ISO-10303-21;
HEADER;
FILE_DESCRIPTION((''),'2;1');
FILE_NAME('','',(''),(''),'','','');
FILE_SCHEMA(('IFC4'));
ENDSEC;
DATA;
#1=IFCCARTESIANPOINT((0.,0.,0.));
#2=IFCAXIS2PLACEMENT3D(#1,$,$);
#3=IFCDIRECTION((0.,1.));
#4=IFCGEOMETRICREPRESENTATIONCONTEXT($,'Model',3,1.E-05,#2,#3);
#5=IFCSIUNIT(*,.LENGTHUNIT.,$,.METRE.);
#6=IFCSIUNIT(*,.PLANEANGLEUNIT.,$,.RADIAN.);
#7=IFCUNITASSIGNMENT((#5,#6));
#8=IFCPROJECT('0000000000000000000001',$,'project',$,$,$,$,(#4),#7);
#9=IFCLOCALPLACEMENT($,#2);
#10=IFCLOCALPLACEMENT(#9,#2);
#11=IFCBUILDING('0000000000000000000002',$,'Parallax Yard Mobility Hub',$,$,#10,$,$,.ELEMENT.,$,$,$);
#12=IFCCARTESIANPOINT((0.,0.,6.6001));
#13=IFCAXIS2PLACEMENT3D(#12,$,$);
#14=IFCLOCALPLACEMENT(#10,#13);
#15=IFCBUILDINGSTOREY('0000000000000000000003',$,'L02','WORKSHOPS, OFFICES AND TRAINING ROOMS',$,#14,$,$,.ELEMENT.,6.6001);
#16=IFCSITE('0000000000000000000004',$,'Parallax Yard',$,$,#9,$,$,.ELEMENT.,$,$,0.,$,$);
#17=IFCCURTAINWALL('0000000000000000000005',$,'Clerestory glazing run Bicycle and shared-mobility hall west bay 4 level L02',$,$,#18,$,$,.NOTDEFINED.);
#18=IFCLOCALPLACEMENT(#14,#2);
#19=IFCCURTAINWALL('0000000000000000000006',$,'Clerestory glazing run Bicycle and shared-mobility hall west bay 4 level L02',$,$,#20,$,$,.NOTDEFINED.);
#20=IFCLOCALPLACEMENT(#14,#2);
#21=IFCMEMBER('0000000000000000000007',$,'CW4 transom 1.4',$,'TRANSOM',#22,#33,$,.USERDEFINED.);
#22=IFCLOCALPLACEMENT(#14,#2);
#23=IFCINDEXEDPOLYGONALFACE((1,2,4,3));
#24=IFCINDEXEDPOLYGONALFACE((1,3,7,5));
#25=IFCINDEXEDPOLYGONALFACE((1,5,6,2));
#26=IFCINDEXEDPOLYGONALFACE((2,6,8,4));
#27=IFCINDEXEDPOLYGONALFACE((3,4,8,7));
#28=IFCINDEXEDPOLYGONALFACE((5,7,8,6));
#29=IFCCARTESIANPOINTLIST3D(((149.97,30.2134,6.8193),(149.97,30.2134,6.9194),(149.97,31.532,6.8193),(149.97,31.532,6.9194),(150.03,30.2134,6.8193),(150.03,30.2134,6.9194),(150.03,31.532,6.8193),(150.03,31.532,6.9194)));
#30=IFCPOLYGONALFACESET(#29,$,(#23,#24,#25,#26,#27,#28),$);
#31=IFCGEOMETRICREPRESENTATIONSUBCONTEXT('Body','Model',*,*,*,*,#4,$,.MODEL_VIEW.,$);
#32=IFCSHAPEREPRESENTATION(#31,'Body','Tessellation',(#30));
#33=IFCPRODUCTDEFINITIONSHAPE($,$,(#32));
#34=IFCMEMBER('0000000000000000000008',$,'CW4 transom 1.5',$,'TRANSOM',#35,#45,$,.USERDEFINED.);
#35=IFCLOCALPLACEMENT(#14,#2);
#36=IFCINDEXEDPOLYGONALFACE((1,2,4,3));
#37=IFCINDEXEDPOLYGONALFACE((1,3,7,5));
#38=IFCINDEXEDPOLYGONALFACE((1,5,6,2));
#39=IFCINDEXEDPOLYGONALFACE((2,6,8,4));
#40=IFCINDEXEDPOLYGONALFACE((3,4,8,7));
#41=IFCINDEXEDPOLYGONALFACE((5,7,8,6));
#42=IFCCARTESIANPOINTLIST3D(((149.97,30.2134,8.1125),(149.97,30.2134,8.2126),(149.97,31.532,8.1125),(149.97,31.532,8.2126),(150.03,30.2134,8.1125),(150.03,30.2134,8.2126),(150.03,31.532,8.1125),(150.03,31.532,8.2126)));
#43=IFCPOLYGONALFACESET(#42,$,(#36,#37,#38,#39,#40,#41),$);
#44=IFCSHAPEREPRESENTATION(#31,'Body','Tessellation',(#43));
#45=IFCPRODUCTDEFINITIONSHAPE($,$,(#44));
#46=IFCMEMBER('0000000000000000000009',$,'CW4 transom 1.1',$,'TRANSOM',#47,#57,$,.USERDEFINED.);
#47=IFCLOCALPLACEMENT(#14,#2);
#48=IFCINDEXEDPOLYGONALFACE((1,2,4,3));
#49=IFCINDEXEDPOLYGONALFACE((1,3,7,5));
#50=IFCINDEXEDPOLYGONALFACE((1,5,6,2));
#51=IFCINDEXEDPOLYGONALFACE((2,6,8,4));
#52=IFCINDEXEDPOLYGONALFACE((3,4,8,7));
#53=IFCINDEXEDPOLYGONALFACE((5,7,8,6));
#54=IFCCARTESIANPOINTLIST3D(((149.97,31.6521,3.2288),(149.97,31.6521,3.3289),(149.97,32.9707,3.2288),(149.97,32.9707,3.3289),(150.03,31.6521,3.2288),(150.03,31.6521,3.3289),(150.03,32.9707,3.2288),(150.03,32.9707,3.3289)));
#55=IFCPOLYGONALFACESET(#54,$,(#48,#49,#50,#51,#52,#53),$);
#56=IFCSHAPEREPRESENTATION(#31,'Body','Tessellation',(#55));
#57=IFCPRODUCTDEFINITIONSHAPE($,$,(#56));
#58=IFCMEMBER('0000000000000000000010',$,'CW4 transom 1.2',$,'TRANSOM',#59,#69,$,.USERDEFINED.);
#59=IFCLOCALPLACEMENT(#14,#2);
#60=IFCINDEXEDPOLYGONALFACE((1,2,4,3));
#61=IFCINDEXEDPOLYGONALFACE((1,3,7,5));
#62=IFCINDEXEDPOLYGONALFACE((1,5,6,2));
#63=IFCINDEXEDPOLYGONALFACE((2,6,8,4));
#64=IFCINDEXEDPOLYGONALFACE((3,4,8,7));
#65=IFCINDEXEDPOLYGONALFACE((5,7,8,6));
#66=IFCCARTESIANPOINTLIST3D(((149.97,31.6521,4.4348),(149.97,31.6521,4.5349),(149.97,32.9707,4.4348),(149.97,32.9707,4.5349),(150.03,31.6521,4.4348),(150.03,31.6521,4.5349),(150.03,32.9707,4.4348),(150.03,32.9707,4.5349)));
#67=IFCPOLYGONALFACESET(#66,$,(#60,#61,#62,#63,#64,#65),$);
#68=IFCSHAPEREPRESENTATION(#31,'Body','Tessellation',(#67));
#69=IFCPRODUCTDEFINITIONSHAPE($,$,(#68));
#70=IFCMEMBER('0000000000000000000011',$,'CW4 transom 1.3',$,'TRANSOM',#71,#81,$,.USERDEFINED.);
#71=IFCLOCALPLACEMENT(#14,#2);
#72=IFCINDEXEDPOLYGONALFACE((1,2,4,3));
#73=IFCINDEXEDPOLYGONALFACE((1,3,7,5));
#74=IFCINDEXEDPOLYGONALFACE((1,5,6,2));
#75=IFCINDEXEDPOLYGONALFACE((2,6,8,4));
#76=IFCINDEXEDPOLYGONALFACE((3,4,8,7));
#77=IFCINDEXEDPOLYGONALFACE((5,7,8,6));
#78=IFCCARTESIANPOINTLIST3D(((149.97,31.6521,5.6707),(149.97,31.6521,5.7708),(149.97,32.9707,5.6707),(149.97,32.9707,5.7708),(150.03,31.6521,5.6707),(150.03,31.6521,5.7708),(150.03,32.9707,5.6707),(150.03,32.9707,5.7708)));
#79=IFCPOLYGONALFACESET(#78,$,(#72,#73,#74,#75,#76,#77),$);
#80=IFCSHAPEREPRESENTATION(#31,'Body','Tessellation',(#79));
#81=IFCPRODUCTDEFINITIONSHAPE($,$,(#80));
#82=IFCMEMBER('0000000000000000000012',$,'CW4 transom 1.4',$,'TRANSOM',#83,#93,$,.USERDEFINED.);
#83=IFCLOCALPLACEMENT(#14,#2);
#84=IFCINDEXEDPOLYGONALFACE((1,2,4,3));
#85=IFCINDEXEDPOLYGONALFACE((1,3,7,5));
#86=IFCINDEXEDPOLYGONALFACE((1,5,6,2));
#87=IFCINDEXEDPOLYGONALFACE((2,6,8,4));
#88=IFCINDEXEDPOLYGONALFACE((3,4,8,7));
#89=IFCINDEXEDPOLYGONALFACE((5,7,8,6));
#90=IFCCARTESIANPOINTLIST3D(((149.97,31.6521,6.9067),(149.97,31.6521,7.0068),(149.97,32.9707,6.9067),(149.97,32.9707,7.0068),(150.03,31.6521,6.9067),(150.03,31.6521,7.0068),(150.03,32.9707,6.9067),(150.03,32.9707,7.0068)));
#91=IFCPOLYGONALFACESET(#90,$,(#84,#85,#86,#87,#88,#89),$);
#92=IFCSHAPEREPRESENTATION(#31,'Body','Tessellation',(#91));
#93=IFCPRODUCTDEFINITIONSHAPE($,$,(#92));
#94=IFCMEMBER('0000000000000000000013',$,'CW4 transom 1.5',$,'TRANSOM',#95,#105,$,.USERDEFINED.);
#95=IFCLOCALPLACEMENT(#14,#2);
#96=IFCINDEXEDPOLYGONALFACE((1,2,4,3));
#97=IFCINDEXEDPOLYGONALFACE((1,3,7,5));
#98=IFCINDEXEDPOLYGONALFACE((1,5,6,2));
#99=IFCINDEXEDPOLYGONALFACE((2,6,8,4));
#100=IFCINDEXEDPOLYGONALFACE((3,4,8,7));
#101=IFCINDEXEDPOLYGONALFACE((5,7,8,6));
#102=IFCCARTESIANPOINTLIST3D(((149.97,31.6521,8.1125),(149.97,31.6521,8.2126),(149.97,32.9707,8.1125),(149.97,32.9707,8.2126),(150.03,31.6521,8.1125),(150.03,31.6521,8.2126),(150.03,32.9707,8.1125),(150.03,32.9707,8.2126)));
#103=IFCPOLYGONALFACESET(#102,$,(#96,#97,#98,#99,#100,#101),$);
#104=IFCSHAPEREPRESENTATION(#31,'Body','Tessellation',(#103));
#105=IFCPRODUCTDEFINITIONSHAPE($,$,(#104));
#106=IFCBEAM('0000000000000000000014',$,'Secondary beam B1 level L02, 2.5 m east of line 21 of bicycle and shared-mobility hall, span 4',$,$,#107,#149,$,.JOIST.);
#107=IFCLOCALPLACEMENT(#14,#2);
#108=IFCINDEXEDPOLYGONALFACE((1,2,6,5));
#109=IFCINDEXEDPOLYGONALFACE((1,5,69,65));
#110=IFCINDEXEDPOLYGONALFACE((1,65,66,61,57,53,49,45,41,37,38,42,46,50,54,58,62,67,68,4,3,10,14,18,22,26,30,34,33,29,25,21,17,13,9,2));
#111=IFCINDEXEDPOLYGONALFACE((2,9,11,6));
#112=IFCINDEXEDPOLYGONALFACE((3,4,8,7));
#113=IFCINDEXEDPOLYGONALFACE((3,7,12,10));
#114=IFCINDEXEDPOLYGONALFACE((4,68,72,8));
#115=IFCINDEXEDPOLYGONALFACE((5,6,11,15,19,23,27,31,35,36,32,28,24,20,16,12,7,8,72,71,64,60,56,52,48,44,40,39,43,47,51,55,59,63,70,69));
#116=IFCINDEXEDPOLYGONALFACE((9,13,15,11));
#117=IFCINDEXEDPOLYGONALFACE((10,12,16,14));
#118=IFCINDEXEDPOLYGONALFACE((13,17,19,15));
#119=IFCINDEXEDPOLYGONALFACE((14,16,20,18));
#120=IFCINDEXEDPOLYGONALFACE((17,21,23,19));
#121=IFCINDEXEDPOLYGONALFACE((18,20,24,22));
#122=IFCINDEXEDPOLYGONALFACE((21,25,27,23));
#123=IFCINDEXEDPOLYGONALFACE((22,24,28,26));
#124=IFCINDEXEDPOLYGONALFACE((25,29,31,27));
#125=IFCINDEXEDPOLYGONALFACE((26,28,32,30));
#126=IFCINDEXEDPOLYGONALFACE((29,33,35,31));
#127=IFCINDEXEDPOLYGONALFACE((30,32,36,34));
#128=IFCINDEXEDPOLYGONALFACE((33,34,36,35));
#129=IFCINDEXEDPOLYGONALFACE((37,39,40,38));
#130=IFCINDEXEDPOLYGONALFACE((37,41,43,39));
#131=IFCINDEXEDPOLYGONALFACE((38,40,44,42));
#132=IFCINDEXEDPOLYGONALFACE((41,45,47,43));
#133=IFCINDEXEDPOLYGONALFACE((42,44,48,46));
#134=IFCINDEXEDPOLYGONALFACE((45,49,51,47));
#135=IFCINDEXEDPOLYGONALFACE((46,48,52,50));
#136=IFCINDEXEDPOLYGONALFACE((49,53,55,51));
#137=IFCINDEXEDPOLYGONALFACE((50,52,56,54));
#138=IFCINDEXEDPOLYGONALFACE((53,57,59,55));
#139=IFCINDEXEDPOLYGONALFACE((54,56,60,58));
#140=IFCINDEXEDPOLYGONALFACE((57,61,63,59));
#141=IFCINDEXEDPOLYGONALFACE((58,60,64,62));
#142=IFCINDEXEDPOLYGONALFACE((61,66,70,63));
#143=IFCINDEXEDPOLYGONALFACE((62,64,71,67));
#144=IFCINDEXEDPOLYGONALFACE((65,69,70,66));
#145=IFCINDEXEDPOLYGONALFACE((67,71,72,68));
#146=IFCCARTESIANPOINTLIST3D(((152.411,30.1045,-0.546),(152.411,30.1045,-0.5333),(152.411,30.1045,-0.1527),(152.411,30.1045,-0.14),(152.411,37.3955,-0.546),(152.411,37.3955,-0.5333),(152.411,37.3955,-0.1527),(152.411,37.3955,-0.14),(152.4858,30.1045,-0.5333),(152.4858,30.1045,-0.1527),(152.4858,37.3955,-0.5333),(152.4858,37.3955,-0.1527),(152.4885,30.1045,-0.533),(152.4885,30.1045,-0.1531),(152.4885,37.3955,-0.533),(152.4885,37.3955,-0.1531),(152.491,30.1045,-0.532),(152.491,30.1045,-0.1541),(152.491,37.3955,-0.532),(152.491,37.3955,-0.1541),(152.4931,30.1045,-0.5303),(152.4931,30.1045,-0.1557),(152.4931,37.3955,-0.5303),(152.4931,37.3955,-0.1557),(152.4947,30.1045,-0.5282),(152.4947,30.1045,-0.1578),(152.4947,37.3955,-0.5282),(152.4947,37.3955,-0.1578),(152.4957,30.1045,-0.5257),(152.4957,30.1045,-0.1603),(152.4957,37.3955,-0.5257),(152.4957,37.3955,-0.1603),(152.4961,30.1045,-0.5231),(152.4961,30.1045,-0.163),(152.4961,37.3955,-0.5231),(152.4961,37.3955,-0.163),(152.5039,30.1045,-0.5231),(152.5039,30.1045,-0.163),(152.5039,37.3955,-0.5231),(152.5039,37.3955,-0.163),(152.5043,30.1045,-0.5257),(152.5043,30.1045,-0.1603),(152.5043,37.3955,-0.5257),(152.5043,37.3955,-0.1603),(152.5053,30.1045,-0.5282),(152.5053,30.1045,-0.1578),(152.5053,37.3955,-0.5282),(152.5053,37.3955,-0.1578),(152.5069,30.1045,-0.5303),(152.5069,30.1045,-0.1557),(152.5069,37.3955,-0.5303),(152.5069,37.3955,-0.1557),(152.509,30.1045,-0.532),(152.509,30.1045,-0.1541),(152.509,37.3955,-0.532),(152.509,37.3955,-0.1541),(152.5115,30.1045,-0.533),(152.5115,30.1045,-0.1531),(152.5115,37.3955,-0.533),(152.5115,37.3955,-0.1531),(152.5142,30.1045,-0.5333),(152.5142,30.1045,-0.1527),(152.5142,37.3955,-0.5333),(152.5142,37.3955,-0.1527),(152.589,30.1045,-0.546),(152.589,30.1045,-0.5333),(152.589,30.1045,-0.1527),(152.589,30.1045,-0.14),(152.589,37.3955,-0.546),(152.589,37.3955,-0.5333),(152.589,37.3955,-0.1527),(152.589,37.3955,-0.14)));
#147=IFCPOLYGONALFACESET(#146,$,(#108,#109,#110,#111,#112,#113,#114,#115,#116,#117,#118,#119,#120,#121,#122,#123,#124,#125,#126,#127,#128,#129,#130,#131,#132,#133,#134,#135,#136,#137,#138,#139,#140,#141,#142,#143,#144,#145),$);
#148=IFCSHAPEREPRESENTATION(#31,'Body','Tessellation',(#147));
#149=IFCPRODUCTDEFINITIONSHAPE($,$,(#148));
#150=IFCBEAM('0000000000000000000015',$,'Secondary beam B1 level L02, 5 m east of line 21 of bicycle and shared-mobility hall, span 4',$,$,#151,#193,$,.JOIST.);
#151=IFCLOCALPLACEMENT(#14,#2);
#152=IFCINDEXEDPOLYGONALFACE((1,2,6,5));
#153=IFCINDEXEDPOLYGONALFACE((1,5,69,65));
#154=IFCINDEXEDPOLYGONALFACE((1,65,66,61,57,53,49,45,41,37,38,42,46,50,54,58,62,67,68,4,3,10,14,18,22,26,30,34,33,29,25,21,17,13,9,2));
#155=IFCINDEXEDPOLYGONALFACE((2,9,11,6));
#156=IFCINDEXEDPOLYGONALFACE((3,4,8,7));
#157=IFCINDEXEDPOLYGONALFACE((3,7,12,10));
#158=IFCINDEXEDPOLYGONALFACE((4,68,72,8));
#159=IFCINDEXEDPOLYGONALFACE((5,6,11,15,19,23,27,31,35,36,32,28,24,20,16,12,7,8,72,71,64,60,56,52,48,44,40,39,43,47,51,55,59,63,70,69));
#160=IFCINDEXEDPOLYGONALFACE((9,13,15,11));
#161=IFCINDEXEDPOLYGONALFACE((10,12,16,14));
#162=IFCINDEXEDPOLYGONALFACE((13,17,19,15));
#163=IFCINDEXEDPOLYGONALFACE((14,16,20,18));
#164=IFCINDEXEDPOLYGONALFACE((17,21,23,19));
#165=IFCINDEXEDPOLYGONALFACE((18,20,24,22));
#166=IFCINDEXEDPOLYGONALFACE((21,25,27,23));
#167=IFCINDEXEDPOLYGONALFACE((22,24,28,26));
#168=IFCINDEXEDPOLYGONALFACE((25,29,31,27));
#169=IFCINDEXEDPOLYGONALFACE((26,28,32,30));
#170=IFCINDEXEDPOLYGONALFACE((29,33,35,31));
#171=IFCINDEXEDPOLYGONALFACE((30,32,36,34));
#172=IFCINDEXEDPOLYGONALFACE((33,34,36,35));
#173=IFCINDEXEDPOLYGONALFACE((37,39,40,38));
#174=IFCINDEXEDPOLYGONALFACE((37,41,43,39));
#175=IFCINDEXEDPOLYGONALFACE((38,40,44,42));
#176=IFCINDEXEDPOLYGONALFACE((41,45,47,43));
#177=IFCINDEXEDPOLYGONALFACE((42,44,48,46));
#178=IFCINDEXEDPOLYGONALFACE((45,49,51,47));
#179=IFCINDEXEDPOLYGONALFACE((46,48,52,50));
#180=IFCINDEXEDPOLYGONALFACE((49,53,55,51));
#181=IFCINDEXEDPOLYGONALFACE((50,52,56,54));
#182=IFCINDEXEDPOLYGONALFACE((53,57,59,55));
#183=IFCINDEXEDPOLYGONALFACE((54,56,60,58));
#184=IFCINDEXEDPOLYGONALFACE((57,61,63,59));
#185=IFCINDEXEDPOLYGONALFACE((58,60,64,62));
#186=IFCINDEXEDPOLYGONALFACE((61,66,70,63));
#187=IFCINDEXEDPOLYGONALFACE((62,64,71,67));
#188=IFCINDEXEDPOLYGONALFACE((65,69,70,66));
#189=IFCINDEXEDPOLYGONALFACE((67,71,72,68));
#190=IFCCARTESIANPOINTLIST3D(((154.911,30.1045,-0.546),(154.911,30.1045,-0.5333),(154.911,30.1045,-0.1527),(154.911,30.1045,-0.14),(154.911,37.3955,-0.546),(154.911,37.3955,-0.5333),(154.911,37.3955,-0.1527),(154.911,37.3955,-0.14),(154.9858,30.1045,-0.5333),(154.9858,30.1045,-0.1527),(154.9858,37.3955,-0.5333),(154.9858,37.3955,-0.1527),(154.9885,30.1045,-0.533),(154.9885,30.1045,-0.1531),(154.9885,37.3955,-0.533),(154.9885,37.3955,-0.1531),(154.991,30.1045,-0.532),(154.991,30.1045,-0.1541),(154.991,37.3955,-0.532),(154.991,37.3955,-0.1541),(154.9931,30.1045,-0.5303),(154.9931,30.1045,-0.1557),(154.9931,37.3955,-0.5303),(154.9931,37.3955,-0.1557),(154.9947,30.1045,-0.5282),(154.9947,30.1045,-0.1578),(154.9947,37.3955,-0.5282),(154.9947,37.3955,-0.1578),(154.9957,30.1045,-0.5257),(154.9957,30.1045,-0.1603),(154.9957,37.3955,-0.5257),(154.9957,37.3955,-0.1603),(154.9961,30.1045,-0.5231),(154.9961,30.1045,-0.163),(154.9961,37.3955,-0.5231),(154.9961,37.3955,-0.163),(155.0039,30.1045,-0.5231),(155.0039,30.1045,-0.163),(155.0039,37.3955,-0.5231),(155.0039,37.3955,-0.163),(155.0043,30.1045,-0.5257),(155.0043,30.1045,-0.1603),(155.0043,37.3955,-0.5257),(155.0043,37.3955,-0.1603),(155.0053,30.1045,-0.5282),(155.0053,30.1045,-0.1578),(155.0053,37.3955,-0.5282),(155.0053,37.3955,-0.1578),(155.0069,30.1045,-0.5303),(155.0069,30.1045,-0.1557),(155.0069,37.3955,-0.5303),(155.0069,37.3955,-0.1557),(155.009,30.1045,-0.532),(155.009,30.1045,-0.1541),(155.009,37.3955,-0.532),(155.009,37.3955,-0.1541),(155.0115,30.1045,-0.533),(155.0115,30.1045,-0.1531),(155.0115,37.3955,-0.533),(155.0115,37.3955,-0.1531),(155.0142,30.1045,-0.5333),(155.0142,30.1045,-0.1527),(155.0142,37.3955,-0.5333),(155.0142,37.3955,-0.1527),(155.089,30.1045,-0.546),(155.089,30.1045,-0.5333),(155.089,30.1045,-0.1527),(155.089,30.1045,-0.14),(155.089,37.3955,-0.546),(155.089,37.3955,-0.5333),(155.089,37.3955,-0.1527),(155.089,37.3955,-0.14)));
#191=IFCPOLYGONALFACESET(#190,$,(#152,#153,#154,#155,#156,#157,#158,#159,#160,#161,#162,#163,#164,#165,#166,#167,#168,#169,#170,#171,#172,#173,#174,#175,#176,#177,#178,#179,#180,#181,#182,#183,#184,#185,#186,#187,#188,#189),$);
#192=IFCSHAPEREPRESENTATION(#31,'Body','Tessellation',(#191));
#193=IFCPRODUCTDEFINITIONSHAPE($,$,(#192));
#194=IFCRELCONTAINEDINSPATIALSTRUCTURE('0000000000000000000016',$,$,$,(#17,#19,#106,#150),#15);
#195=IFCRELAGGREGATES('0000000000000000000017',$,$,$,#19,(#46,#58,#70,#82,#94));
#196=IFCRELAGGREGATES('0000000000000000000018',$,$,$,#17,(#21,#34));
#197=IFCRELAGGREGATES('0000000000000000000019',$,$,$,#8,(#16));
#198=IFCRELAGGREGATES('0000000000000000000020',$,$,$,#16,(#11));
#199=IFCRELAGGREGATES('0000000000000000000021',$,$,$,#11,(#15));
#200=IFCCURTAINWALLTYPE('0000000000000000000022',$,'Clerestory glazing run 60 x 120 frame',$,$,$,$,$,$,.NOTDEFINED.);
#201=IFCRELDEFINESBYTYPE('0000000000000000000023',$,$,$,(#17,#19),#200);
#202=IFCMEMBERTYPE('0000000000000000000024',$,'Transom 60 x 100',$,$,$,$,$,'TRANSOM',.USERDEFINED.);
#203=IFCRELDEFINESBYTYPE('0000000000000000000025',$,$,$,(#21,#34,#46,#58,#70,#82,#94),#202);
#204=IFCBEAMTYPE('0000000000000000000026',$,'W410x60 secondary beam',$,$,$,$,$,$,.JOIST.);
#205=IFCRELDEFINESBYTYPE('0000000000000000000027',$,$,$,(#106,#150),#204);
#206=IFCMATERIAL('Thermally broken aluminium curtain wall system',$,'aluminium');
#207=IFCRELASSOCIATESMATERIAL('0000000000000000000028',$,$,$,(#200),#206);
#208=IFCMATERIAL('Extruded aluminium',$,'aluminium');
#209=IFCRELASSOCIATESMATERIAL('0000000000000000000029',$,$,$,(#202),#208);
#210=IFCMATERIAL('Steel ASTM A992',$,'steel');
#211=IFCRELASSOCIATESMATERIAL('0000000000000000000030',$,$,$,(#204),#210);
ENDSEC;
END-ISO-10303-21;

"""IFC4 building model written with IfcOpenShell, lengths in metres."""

from ifc_helpers import new_model, si_unit, direction, frame, origin, origin_2d, place, context, subcontext, project, spatial, rectangle, i_section, extrude, material, material_profile, profile_set, type_object, element, aggregate, save


model = new_model("IFC4")

# Units and contexts
model_context = context("Model", 3, precision=1e-05, world=origin(), true_north=direction((0.0, 1.0)))
body_context = subcontext(model_context, "Body", "Model", "MODEL_VIEW")
ifc_project = project(units=[si_unit("LENGTHUNIT", "METRE"), si_unit("PLANEANGLEUNIT", "RADIAN")], contexts=[model_context])

# Site, building, storey
site_placement = place(None, origin())
site = spatial("IfcSite", under=ifc_project, at=site_placement, Name="Parallax Yard", CompositionType="ELEMENT", RefElevation=0.0)
building_placement = place(site_placement, origin())
building = spatial("IfcBuilding", under=site, at=building_placement, Name="Parallax Yard Mobility Hub", CompositionType="ELEMENT")
storey_placement = place(building_placement, frame((0.0, 0.0, 6.6001)))
storey = spatial("IfcBuildingStorey", under=building, at=storey_placement, Name="L02", Description="WORKSHOPS, OFFICES AND TRAINING ROOMS", CompositionType="ELEMENT", Elevation=6.6001)

# Shared definitions
ifc_material_1 = material(Name="Steel ASTM A992", Category="steel")

# Curtain wall
ifc_material_2 = material(Name="Thermally broken aluminium curtain wall system", Category="aluminium")
curtain_wall_type_1 = type_object("IfcCurtainWallType", Name="Clerestory glazing run 60 x 120 frame", PredefinedType="NOTDEFINED", material=ifc_material_2)
curtain_wall_1_placement = place(storey_placement, origin())
curtain_wall_1 = element("IfcCurtainWall", 1, at=curtain_wall_1_placement, inside=storey, type_object=curtain_wall_type_1, Name="Clerestory glazing run Bicycle and shared-mobility hall west bay 4 level L02", PredefinedType="NOTDEFINED")
ifc_material_3 = material(Name="Extruded aluminium", Category="aluminium")

# Curtain wall
curtain_wall_2_placement = place(storey_placement, origin())
curtain_wall_2 = element("IfcCurtainWall", 2, at=curtain_wall_2_placement, inside=storey, type_object=curtain_wall_type_1, Name="Clerestory glazing run Bicycle and shared-mobility hall west bay 4 level L02", PredefinedType="NOTDEFINED")

# Members
ifc_material_profile_1 = material_profile(ifc_material_3, rectangle(XDim=0.0601, YDim=0.1001, at=origin_2d()), Name="Transom 60 x 100")
ifc_profile_set_1 = profile_set([ifc_material_profile_1], Name="Extruded aluminium")
member_type_1 = type_object("IfcMemberType", Name="Transom 60 x 100", ElementType="TRANSOM", PredefinedType="USERDEFINED", material=ifc_profile_set_1)
member_1_placement = place(storey_placement, frame((150.0, 30.2134, 6.8694), z_axis=(0.0, 1.0, 0.0), x_axis=(-1.0, 0.0, 0.0)))
member_1 = element("IfcMember", 3, at=member_1_placement, type_object=member_type_1, Name="CW4 transom 1.4", ObjectType="TRANSOM", PredefinedType="USERDEFINED", context=body_context, shape_type="SweptSolid", body=[
    extrude(rectangle(XDim=0.0601, YDim=0.1001, at=origin_2d()), origin(), (0.0, 0.0, 1.0), 1.3186),
])
member_2_placement = place(storey_placement, frame((150.0, 30.2134, 8.1626), z_axis=(0.0, 1.0, 0.0), x_axis=(-1.0, 0.0, 0.0)))
member_2 = element("IfcMember", 4, at=member_2_placement, type_object=member_type_1, Name="CW4 transom 1.5", ObjectType="TRANSOM", PredefinedType="USERDEFINED", context=body_context, shape_type="SweptSolid", body=[
    extrude(rectangle(XDim=0.0601, YDim=0.1001, at=origin_2d()), origin(), (0.0, 0.0, 1.0), 1.3186),
])
member_3_placement = place(storey_placement, frame((150.0, 31.6521, 3.2788), z_axis=(0.0, 1.0, 0.0), x_axis=(-1.0, 0.0, 0.0)))
member_3 = element("IfcMember", 5, at=member_3_placement, type_object=member_type_1, Name="CW4 transom 1.1", ObjectType="TRANSOM", PredefinedType="USERDEFINED", context=body_context, shape_type="SweptSolid", body=[
    extrude(rectangle(XDim=0.0601, YDim=0.1001, at=origin_2d()), origin(), (0.0, 0.0, 1.0), 1.3186),
])
member_4_placement = place(storey_placement, frame((150.0, 31.6521, 4.4849), z_axis=(0.0, 1.0, 0.0), x_axis=(-1.0, 0.0, 0.0)))
member_4 = element("IfcMember", 6, at=member_4_placement, type_object=member_type_1, Name="CW4 transom 1.2", ObjectType="TRANSOM", PredefinedType="USERDEFINED", context=body_context, shape_type="SweptSolid", body=[
    extrude(rectangle(XDim=0.0601, YDim=0.1001, at=origin_2d()), origin(), (0.0, 0.0, 1.0), 1.3186),
])
member_5_placement = place(storey_placement, frame((150.0, 31.6521, 5.7207), z_axis=(0.0, 1.0, 0.0), x_axis=(-1.0, 0.0, 0.0)))
member_5 = element("IfcMember", 7, at=member_5_placement, type_object=member_type_1, Name="CW4 transom 1.3", ObjectType="TRANSOM", PredefinedType="USERDEFINED", context=body_context, shape_type="SweptSolid", body=[
    extrude(rectangle(XDim=0.0601, YDim=0.1001, at=origin_2d()), origin(), (0.0, 0.0, 1.0), 1.3186),
])
member_6_placement = place(storey_placement, frame((150.0, 31.6521, 6.9568), z_axis=(0.0, 1.0, 0.0), x_axis=(-1.0, 0.0, 0.0)))
member_6 = element("IfcMember", 8, at=member_6_placement, type_object=member_type_1, Name="CW4 transom 1.4", ObjectType="TRANSOM", PredefinedType="USERDEFINED", context=body_context, shape_type="SweptSolid", body=[
    extrude(rectangle(XDim=0.0601, YDim=0.1001, at=origin_2d()), origin(), (0.0, 0.0, 1.0), 1.3186),
])
member_7_placement = place(storey_placement, frame((150.0, 31.6521, 8.1626), z_axis=(0.0, 1.0, 0.0), x_axis=(-1.0, 0.0, 0.0)))
member_7 = element("IfcMember", 9, at=member_7_placement, type_object=member_type_1, Name="CW4 transom 1.5", ObjectType="TRANSOM", PredefinedType="USERDEFINED", context=body_context, shape_type="SweptSolid", body=[
    extrude(rectangle(XDim=0.0601, YDim=0.1001, at=origin_2d()), origin(), (0.0, 0.0, 1.0), 1.3186),
])
aggregate(curtain_wall_2, [member_3, member_4, member_5, member_6, member_7])

# Beams
ifc_material_profile_2 = material_profile(ifc_material_1, i_section(OverallWidth=0.178, OverallDepth=0.406, WebThickness=0.0078, FlangeThickness=0.0127, FilletRadius=0.0103, at=origin_2d()), Name="W410x60")
ifc_profile_set_2 = profile_set([ifc_material_profile_2], Name="Steel ASTM A992")
beam_type_1 = type_object("IfcBeamType", Name="W410x60 secondary beam", PredefinedType="JOIST", material=ifc_profile_set_2)
for number, where, z_axis, x_axis, name in (
    (10, (152.5, 30.1045, -0.343), (0.0, 1.0, 0.0), (-1.0, 0.0, 0.0), "Secondary beam B1 level L02, 2.5 m east of line 21 of bicycle and shared-mobility hall, span 4"),
    (11, (155.0, 30.1045, -0.343), (0.0, 1.0, 0.0), (-1.0, 0.0, 0.0), "Secondary beam B1 level L02, 5 m east of line 21 of bicycle and shared-mobility hall, span 4"),
):
    element("IfcBeam", number, at=place(storey_placement, frame(where, z_axis=z_axis, x_axis=x_axis)), inside=storey, type_object=beam_type_1, Name=name, PredefinedType="JOIST", context=body_context, shape_type="SweptSolid", body=[
        extrude(i_section(OverallWidth=0.178, OverallDepth=0.406, WebThickness=0.0078, FlangeThickness=0.0127, FilletRadius=0.0103, at=origin_2d()), origin(), (0.0, 0.0, 1.0), 7.291),
    ])

aggregate(curtain_wall_1, [member_1, member_2])

save(model, "model.ifc")
